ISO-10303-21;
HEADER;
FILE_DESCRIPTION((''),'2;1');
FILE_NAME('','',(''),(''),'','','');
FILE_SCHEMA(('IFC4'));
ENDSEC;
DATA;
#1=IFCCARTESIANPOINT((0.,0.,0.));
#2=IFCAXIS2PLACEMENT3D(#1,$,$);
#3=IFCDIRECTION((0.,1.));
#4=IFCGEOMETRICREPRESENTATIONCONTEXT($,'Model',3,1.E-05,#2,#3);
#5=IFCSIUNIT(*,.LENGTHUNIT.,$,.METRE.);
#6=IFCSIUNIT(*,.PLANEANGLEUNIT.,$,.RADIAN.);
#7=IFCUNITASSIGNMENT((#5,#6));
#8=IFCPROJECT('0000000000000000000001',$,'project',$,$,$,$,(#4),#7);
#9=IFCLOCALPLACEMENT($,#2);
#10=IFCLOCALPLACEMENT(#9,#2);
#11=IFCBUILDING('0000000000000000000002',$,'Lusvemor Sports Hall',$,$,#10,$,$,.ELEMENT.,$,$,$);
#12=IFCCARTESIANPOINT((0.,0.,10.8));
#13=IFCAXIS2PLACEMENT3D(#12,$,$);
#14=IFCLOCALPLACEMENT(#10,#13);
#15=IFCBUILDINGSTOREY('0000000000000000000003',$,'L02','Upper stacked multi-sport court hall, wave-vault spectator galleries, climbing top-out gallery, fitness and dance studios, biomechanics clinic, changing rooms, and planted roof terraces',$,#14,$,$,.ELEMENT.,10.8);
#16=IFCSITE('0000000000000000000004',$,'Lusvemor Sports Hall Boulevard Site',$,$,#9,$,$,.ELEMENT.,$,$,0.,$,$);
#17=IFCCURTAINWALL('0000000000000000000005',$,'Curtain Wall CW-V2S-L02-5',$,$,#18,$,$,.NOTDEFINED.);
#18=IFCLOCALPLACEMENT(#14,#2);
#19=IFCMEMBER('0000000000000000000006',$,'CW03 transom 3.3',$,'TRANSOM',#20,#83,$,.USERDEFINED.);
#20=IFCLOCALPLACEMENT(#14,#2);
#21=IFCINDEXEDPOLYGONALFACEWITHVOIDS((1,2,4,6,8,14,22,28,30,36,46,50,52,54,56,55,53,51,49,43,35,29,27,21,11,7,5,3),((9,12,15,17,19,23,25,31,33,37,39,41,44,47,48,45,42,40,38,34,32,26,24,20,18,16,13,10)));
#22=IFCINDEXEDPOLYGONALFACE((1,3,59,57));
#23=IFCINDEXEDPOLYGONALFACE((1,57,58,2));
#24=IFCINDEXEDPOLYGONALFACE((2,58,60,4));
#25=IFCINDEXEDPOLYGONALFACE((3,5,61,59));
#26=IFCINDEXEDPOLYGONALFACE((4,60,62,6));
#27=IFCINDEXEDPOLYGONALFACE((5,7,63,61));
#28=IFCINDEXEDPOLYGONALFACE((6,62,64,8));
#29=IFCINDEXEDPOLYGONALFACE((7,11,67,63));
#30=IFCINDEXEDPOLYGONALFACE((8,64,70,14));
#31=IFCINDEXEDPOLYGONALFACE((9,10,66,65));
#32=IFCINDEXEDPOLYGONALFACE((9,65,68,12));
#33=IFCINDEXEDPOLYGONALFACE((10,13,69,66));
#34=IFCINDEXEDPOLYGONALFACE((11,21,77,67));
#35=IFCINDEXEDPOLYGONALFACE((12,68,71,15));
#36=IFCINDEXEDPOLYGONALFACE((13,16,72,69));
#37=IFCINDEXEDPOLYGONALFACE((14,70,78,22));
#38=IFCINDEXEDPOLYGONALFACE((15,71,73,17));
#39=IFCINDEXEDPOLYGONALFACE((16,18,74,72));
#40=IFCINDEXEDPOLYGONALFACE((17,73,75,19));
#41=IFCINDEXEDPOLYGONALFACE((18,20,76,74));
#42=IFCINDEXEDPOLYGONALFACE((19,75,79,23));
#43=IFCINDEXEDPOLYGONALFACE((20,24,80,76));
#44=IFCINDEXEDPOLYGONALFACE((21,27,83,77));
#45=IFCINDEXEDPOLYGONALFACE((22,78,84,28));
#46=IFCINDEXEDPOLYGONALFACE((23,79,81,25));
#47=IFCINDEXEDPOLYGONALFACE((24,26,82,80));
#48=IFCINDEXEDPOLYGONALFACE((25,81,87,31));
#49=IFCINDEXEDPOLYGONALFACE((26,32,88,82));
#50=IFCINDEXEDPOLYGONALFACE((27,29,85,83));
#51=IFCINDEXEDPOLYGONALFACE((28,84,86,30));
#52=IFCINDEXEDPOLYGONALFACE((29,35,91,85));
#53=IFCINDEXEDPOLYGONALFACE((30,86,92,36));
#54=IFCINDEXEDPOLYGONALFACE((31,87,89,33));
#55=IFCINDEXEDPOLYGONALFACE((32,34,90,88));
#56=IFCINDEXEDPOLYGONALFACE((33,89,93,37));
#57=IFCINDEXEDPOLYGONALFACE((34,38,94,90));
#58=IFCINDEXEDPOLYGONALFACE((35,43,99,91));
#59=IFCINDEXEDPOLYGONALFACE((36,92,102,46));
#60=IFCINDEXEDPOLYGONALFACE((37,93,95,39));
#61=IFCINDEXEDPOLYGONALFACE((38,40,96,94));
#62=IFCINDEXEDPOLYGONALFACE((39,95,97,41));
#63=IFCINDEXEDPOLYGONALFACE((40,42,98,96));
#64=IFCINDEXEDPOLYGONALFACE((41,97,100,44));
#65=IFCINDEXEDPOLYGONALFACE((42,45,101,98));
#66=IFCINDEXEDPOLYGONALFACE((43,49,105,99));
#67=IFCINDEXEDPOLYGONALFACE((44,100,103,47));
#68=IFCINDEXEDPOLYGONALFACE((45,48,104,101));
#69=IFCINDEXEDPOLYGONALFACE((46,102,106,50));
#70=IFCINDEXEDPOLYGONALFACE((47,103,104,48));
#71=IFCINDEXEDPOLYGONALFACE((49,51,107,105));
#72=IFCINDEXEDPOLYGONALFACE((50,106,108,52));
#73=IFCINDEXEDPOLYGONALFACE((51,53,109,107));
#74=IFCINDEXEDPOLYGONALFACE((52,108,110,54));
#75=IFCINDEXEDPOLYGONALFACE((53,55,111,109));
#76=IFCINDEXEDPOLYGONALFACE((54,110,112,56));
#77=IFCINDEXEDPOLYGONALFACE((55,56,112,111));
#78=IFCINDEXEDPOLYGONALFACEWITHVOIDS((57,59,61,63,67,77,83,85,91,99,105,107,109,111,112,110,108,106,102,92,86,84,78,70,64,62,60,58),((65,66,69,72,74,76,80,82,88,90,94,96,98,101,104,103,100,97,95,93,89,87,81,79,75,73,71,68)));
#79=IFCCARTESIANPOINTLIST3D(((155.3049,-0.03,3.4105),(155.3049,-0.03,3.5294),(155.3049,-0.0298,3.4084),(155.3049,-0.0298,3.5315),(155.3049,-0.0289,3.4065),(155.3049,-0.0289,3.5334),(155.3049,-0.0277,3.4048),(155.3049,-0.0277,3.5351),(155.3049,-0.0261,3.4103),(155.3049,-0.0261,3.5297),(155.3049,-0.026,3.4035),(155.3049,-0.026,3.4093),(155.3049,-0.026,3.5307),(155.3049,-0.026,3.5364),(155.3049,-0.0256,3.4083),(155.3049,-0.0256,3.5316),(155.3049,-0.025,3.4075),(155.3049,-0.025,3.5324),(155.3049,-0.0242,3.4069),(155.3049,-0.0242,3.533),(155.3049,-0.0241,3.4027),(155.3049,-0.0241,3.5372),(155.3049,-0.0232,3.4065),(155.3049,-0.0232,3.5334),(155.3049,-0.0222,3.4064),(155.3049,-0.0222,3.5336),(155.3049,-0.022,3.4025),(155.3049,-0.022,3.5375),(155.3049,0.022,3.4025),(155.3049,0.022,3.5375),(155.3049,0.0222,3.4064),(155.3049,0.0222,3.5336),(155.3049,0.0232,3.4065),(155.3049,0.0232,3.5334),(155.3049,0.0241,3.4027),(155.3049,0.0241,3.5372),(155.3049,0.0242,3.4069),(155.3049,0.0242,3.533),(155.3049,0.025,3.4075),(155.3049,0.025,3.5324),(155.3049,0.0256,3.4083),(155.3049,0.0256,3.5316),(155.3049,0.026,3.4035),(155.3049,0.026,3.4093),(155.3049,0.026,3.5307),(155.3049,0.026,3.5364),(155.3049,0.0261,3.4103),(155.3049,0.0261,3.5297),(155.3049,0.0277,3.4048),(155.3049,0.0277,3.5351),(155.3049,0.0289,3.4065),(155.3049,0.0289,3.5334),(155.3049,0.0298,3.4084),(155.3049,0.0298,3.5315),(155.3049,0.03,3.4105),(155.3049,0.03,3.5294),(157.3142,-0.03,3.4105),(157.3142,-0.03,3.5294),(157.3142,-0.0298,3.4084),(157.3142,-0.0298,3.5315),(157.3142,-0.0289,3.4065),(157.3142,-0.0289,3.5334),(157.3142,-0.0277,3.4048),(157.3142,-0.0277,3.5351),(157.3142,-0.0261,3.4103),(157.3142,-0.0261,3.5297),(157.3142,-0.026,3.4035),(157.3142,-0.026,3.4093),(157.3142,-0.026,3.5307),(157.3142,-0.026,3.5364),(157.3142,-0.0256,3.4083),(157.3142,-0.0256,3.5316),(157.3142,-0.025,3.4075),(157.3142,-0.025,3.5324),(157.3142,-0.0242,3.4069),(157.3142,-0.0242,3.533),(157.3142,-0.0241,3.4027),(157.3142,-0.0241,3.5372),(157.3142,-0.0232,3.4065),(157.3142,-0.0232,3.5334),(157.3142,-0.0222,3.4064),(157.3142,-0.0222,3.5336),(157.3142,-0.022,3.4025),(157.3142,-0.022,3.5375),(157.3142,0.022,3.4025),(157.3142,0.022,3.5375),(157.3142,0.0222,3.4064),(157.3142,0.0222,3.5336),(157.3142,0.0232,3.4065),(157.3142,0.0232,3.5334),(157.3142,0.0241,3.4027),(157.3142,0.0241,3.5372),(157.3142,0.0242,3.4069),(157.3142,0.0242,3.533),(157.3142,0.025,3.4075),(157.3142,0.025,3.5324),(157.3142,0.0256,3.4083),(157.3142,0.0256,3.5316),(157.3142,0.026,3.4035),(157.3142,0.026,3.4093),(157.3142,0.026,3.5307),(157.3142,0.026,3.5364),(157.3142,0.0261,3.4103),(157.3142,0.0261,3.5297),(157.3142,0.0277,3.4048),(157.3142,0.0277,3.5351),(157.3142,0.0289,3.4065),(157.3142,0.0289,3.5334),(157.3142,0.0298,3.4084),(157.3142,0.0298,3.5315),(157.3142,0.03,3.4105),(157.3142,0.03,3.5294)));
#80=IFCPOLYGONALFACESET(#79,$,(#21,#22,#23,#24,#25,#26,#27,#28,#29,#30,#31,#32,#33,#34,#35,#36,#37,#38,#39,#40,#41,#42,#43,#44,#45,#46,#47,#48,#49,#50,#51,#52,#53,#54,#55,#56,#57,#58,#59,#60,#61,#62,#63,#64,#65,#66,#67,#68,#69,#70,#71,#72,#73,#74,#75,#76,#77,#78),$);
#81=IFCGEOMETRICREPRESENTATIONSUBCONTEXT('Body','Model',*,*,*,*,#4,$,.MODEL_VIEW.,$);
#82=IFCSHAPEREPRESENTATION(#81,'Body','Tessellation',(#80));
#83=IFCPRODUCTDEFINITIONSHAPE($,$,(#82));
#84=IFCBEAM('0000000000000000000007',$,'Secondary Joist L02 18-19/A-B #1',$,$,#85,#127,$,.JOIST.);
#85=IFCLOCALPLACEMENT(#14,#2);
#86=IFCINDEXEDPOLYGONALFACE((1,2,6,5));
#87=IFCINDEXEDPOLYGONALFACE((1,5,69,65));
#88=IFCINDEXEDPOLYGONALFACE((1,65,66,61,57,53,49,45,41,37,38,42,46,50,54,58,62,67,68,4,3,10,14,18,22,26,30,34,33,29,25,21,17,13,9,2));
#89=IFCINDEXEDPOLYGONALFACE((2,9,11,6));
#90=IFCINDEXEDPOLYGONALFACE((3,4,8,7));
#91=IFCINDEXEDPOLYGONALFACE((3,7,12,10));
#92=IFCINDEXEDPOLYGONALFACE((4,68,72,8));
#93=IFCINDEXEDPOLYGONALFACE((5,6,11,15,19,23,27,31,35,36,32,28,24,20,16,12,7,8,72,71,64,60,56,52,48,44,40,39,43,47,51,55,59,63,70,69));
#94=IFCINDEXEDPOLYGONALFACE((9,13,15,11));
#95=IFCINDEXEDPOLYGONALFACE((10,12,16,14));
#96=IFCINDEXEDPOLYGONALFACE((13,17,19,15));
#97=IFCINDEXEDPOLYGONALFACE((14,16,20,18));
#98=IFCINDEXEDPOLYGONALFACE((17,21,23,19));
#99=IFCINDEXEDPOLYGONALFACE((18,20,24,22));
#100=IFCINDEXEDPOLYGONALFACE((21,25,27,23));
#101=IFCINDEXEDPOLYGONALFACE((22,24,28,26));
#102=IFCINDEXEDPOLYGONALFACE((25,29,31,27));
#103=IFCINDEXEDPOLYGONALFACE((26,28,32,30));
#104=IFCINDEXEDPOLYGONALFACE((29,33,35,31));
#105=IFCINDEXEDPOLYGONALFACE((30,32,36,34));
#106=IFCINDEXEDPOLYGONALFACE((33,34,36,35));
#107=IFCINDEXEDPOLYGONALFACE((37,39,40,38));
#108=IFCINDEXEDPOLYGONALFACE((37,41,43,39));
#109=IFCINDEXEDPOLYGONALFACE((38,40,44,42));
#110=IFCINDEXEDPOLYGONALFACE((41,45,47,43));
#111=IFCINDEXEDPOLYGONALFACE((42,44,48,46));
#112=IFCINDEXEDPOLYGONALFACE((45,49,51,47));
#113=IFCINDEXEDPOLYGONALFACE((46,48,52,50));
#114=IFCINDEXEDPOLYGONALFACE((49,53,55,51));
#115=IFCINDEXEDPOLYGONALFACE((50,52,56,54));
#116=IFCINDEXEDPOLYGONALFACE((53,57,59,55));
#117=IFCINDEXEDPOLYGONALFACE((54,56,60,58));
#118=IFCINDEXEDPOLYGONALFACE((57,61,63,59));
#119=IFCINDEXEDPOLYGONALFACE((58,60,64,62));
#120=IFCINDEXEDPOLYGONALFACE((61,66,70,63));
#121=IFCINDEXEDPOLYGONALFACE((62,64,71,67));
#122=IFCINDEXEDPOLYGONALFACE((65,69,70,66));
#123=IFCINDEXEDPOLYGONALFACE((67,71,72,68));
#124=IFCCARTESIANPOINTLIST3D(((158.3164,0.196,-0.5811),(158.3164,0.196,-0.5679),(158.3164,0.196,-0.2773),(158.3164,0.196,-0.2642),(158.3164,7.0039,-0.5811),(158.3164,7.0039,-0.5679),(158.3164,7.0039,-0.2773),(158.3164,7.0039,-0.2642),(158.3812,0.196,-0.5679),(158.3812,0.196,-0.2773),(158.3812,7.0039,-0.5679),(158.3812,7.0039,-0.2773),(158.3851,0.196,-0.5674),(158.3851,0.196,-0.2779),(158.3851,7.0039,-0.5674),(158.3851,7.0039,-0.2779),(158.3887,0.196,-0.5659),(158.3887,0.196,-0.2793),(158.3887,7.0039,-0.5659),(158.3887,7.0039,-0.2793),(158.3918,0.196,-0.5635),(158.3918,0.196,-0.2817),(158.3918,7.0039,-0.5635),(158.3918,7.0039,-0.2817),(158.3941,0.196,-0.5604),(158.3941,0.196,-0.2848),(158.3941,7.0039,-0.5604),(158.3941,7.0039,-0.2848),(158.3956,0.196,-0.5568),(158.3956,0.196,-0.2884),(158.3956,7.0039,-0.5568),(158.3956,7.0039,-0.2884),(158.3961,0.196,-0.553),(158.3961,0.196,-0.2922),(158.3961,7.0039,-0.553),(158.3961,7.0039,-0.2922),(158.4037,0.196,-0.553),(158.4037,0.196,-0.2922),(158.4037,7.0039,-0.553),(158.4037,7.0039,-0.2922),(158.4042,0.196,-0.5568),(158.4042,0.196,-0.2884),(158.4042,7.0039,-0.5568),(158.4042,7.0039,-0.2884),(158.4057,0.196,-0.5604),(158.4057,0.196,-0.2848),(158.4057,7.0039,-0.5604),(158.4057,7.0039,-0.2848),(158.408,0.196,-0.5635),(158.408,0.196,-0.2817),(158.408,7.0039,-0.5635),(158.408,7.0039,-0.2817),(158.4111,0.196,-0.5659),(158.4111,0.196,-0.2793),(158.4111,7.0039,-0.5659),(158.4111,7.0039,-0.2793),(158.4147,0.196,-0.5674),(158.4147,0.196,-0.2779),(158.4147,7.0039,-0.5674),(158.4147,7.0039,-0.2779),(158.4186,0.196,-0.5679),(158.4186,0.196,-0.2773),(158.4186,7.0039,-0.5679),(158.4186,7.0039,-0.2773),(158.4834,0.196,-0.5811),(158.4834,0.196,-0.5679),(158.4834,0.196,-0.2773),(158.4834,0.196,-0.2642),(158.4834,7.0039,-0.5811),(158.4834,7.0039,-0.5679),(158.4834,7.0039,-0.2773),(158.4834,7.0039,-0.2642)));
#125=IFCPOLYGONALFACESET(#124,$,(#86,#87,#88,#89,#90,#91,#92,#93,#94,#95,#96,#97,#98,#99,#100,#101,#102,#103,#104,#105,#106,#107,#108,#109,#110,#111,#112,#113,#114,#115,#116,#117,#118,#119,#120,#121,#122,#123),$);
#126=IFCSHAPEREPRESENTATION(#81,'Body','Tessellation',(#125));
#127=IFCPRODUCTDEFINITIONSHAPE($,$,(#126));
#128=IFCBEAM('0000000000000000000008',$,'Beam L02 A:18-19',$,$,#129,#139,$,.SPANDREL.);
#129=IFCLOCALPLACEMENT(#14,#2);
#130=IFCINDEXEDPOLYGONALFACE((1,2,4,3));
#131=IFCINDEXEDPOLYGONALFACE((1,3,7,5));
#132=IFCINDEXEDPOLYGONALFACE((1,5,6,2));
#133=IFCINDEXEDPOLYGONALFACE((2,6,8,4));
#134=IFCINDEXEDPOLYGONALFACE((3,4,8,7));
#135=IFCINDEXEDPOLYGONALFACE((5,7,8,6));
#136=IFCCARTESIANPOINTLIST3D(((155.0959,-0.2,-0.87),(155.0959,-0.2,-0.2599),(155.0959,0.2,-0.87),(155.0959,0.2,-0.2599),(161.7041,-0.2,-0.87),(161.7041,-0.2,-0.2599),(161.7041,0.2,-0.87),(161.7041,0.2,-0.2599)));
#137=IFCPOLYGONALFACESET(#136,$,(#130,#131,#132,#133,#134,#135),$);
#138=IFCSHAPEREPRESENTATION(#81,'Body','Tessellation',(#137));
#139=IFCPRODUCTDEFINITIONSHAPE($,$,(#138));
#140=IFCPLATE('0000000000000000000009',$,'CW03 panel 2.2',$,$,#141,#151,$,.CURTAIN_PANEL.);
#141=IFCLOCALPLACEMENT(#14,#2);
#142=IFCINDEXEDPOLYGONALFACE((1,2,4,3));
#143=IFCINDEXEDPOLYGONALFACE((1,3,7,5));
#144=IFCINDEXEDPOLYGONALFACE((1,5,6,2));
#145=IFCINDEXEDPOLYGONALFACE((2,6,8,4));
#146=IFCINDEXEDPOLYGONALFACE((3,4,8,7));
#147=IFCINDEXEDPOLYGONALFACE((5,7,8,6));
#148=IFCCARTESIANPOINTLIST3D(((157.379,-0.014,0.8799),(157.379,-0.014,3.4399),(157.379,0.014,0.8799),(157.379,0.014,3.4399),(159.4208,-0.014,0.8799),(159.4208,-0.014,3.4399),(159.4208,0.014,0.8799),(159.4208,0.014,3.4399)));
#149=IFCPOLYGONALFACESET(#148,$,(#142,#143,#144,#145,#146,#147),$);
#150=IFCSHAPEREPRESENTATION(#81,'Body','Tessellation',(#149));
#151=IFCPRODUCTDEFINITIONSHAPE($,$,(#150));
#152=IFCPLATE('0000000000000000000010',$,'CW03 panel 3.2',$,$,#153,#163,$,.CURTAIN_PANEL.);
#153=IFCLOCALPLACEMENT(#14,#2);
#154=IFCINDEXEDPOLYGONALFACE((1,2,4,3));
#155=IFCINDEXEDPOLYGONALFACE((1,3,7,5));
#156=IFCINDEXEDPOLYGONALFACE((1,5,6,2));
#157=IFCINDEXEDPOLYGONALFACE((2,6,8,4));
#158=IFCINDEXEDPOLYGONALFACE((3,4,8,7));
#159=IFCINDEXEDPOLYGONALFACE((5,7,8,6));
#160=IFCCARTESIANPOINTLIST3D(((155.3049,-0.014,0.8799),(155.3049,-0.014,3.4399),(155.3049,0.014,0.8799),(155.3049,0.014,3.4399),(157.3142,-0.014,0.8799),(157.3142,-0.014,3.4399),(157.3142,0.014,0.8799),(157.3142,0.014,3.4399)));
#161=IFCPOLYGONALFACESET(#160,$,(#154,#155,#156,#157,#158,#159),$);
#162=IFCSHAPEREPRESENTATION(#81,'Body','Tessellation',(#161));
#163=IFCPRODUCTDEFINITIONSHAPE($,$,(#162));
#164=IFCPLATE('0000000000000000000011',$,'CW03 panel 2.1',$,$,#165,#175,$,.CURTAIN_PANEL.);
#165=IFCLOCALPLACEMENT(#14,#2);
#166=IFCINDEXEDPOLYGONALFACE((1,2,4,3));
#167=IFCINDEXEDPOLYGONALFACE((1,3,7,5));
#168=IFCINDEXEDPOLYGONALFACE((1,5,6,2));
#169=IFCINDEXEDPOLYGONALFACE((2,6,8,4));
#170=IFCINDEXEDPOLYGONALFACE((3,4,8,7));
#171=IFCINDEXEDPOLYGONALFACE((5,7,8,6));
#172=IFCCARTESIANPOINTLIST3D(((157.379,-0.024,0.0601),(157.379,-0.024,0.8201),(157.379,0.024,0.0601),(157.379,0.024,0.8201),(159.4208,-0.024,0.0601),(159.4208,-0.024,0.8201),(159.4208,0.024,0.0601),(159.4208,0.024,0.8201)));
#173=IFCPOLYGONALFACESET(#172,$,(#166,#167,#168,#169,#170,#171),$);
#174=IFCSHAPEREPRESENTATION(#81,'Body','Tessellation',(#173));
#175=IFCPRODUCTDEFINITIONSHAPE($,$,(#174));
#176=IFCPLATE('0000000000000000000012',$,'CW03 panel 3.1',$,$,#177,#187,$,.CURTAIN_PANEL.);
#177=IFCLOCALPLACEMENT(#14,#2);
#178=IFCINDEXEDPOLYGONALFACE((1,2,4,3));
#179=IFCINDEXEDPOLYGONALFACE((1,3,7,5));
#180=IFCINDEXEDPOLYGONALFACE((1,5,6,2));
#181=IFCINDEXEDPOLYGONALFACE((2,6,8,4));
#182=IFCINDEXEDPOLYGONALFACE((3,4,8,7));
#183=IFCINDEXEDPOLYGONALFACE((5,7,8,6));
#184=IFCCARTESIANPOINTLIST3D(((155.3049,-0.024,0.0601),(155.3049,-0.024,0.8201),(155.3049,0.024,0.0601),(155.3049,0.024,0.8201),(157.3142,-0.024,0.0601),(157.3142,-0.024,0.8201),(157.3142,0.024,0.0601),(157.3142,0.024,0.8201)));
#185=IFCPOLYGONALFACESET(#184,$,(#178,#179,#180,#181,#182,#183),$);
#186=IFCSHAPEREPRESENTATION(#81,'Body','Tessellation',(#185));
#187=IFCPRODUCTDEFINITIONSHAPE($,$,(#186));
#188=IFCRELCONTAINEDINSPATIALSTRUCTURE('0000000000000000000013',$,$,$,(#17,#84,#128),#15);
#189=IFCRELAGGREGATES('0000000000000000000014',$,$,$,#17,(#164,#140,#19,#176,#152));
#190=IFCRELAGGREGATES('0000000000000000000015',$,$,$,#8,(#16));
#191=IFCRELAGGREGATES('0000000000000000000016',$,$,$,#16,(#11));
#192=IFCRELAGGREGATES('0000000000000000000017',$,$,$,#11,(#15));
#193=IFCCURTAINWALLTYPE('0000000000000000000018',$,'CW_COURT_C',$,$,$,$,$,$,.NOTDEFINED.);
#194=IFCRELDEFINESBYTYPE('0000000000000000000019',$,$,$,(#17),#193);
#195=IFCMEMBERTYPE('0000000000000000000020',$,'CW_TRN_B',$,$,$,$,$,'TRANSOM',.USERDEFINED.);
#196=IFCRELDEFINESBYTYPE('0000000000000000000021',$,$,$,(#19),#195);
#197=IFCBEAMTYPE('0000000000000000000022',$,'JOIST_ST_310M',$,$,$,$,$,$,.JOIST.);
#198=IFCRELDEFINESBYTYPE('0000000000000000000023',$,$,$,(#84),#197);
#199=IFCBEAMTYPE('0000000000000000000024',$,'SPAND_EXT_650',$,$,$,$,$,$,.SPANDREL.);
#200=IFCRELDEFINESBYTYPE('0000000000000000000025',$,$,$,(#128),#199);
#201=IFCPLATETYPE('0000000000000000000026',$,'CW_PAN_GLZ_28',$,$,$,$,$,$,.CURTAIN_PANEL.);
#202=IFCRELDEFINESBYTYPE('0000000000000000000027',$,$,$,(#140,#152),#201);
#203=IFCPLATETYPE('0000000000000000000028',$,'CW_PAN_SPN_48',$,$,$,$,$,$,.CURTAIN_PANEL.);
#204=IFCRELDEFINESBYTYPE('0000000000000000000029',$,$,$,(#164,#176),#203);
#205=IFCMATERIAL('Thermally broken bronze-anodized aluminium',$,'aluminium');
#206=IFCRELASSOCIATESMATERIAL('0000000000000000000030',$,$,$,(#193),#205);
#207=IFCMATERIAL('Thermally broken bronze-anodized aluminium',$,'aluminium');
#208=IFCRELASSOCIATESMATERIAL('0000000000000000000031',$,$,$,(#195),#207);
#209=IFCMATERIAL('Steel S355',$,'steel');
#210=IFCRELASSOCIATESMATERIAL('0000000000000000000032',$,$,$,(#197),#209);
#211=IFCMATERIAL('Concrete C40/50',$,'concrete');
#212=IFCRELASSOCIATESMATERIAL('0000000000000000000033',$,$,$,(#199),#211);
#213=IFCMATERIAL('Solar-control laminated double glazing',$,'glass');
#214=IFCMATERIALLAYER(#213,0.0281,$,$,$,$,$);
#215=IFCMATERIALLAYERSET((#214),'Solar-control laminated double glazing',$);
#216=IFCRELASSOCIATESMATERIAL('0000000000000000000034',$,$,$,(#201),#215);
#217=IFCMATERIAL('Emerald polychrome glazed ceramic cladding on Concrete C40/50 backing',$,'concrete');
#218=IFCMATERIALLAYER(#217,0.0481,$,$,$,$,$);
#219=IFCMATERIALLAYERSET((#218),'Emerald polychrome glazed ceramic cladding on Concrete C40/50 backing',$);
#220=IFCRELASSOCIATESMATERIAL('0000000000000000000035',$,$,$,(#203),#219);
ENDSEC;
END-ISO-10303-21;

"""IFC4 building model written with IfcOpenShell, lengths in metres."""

from ifc_helpers import new_model, si_unit, direction, frame, origin, origin_2d, place, context, subcontext, project, spatial, rectangle, hollow_rectangle, i_section, extrude, material, layer, layer_set, material_profile, profile_set, type_object, element, aggregate, save


model = new_model("IFC4")

# Units and contexts
model_context = context("Model", 3, precision=1e-05, world=origin(), true_north=direction((0.0, 1.0)))
body_context = subcontext(model_context, "Body", "Model", "MODEL_VIEW")
ifc_project = project(units=[si_unit("LENGTHUNIT", "METRE"), si_unit("PLANEANGLEUNIT", "RADIAN")], contexts=[model_context])

# Site, building, storey
site_placement = place(None, origin())
site = spatial("IfcSite", under=ifc_project, at=site_placement, Name="Lusvemor Sports Hall Boulevard Site", CompositionType="ELEMENT", RefElevation=0.0)
building_placement = place(site_placement, origin())
building = spatial("IfcBuilding", under=site, at=building_placement, Name="Lusvemor Sports Hall", CompositionType="ELEMENT")
storey_placement = place(building_placement, frame((0.0, 0.0, 10.8)))
storey = spatial("IfcBuildingStorey", under=building, at=storey_placement, Name="L02", Description="Upper stacked multi-sport court hall, wave-vault spectator galleries, climbing top-out gallery, fitness and dance studios, biomechanics clinic, changing rooms, and planted roof terraces", CompositionType="ELEMENT", Elevation=10.8)

# Shared definitions
ifc_material_1 = material(Name="Thermally broken bronze-anodized aluminium", Category="aluminium")
curtain_wall_type = type_object("IfcCurtainWallType", Name="CW_COURT_C", PredefinedType="NOTDEFINED", material=ifc_material_1)

# Curtain wall
curtain_wall_1_placement = place(storey_placement, origin())
curtain_wall_1 = element("IfcCurtainWall", 1, at=curtain_wall_1_placement, inside=storey, type_object=curtain_wall_type, Name="Curtain Wall CW-V2S-L02-5", PredefinedType="NOTDEFINED")

# Member
ifc_material_2 = material(Name="Thermally broken bronze-anodized aluminium", Category="aluminium")
ifc_material_profile_1 = material_profile(ifc_material_2, hollow_rectangle(XDim=0.0601, YDim=0.135, WallThickness=0.0039, InnerFilletRadius=0.0039, OuterFilletRadius=0.0081, at=origin_2d()), Name="CWTRN135x60x4")
ifc_profile_set_1 = profile_set([ifc_material_profile_1], Name="Thermally broken bronze-anodized aluminium")
member_type_1 = type_object("IfcMemberType", Name="CW_TRN_B", ElementType="TRANSOM", PredefinedType="USERDEFINED", material=ifc_profile_set_1)
member_1_placement = place(storey_placement, frame((157.3142, 0.0, 3.47), z_axis=(-1.0, 0.0, 0.0), x_axis=(0.0, -1.0, 0.0)))
member_1 = element("IfcMember", 2, at=member_1_placement, type_object=member_type_1, Name="CW03 transom 3.3", ObjectType="TRANSOM", PredefinedType="USERDEFINED", context=body_context, shape_type="SweptSolid", body=[
    extrude(hollow_rectangle(XDim=0.0601, YDim=0.135, WallThickness=0.0039, InnerFilletRadius=0.0039, OuterFilletRadius=0.0081, at=origin_2d()), origin(), (0.0, 0.0, 1.0), 2.0093),
])

# Beams
ifc_material_3 = material(Name="Steel S355", Category="steel")
ifc_material_profile_2 = material_profile(ifc_material_3, i_section(OverallWidth=0.167, OverallDepth=0.3169, WebThickness=0.0076, FlangeThickness=0.0132, FilletRadius=0.0149, at=origin_2d()), Name="W310x52.0")
ifc_profile_set_2 = profile_set([ifc_material_profile_2], Name="Steel S355")
beam_type_1 = type_object("IfcBeamType", Name="JOIST_ST_310M", PredefinedType="JOIST", material=ifc_profile_set_2)
beam_1_placement = place(storey_placement, frame((158.3999, 0.196, -0.4226), z_axis=(0.0, 1.0, 0.0), x_axis=(-1.0, 0.0, 0.0)))
element("IfcBeam", 3, at=beam_1_placement, inside=storey, type_object=beam_type_1, Name="Secondary Joist L02 18-19/A-B #1", PredefinedType="JOIST", context=body_context, shape_type="SweptSolid", body=[
    extrude(i_section(OverallWidth=0.167, OverallDepth=0.3169, WebThickness=0.0076, FlangeThickness=0.0132, FilletRadius=0.0149, at=origin_2d()), origin(), (0.0, 0.0, 1.0), 6.8079),
])
ifc_material_4 = material(Name="Concrete C40/50", Category="concrete")
ifc_material_profile_3 = material_profile(ifc_material_4, rectangle(XDim=0.3999, YDim=0.6101, at=origin_2d()), Name="RC400x610")
ifc_profile_set_3 = profile_set([ifc_material_profile_3], Name="Concrete C40/50")
beam_type_2 = type_object("IfcBeamType", Name="SPAND_EXT_650", PredefinedType="SPANDREL", material=ifc_profile_set_3)
beam_2_placement = place(storey_placement, frame((155.0959, 0.0, -0.5649), z_axis=(1.0, 0.0, 0.0), x_axis=(0.0, 1.0, 0.0)))
element("IfcBeam", 4, at=beam_2_placement, inside=storey, type_object=beam_type_2, Name="Beam L02 A:18-19", PredefinedType="SPANDREL", context=body_context, shape_type="SweptSolid", body=[
    extrude(rectangle(XDim=0.3999, YDim=0.6101, at=origin_2d()), origin(), (0.0, 0.0, 1.0), 6.6082),
])

# Plates
ifc_material_5 = material(Name="Solar-control laminated double glazing", Category="glass")
ifc_layer_1 = layer(ifc_material_5, 0.0281)
ifc_layer_set_1 = layer_set([ifc_layer_1], Name="Solar-control laminated double glazing")
plate_type_1 = type_object("IfcPlateType", Name="CW_PAN_GLZ_28", PredefinedType="CURTAIN_PANEL", material=ifc_layer_set_1)
plate_1_placement = place(storey_placement, frame((158.3999, 0.0, 0.8799), z_axis=(0.0, 0.0, 1.0), x_axis=(-1.0, 0.0, 0.0)))
plate_1 = element("IfcPlate", 5, at=plate_1_placement, type_object=plate_type_1, Name="CW03 panel 2.2", PredefinedType="CURTAIN_PANEL", context=body_context, shape_type="SweptSolid", body=[
    extrude(rectangle(XDim=2.0417, YDim=0.0281, at=origin_2d()), origin(), (0.0, 0.0, 1.0), 2.5601),
])
plate_2_placement = place(storey_placement, frame((156.3096, 0.0, 0.8799), z_axis=(0.0, 0.0, 1.0), x_axis=(-1.0, 0.0, 0.0)))
plate_2 = element("IfcPlate", 6, at=plate_2_placement, type_object=plate_type_1, Name="CW03 panel 3.2", PredefinedType="CURTAIN_PANEL", context=body_context, shape_type="SweptSolid", body=[
    extrude(rectangle(XDim=2.0093, YDim=0.0281, at=origin_2d()), origin(), (0.0, 0.0, 1.0), 2.5601),
])
ifc_material_6 = material(Name="Emerald polychrome glazed ceramic cladding on Concrete C40/50 backing", Category="concrete")
ifc_layer_2 = layer(ifc_material_6, 0.0481)
ifc_layer_set_2 = layer_set([ifc_layer_2], Name="Emerald polychrome glazed ceramic cladding on Concrete C40/50 backing")
plate_type_2 = type_object("IfcPlateType", Name="CW_PAN_SPN_48", PredefinedType="CURTAIN_PANEL", material=ifc_layer_set_2)
plate_3_placement = place(storey_placement, frame((158.3999, 0.0, 0.0601), z_axis=(0.0, 0.0, 1.0), x_axis=(-1.0, 0.0, 0.0)))
plate_3 = element("IfcPlate", 7, at=plate_3_placement, type_object=plate_type_2, Name="CW03 panel 2.1", PredefinedType="CURTAIN_PANEL", context=body_context, shape_type="SweptSolid", body=[
    extrude(rectangle(XDim=2.0417, YDim=0.0481, at=origin_2d()), origin(), (0.0, 0.0, 1.0), 0.76),
])
plate_4_placement = place(storey_placement, frame((156.3096, 0.0, 0.0601), z_axis=(0.0, 0.0, 1.0), x_axis=(-1.0, 0.0, 0.0)))
plate_4 = element("IfcPlate", 8, at=plate_4_placement, type_object=plate_type_2, Name="CW03 panel 3.1", PredefinedType="CURTAIN_PANEL", context=body_context, shape_type="SweptSolid", body=[
    extrude(rectangle(XDim=2.0093, YDim=0.0481, at=origin_2d()), origin(), (0.0, 0.0, 1.0), 0.76),
])
aggregate(curtain_wall_1, [plate_3, plate_1, member_1, plate_4, plate_2])

save(model, "model.ifc")
